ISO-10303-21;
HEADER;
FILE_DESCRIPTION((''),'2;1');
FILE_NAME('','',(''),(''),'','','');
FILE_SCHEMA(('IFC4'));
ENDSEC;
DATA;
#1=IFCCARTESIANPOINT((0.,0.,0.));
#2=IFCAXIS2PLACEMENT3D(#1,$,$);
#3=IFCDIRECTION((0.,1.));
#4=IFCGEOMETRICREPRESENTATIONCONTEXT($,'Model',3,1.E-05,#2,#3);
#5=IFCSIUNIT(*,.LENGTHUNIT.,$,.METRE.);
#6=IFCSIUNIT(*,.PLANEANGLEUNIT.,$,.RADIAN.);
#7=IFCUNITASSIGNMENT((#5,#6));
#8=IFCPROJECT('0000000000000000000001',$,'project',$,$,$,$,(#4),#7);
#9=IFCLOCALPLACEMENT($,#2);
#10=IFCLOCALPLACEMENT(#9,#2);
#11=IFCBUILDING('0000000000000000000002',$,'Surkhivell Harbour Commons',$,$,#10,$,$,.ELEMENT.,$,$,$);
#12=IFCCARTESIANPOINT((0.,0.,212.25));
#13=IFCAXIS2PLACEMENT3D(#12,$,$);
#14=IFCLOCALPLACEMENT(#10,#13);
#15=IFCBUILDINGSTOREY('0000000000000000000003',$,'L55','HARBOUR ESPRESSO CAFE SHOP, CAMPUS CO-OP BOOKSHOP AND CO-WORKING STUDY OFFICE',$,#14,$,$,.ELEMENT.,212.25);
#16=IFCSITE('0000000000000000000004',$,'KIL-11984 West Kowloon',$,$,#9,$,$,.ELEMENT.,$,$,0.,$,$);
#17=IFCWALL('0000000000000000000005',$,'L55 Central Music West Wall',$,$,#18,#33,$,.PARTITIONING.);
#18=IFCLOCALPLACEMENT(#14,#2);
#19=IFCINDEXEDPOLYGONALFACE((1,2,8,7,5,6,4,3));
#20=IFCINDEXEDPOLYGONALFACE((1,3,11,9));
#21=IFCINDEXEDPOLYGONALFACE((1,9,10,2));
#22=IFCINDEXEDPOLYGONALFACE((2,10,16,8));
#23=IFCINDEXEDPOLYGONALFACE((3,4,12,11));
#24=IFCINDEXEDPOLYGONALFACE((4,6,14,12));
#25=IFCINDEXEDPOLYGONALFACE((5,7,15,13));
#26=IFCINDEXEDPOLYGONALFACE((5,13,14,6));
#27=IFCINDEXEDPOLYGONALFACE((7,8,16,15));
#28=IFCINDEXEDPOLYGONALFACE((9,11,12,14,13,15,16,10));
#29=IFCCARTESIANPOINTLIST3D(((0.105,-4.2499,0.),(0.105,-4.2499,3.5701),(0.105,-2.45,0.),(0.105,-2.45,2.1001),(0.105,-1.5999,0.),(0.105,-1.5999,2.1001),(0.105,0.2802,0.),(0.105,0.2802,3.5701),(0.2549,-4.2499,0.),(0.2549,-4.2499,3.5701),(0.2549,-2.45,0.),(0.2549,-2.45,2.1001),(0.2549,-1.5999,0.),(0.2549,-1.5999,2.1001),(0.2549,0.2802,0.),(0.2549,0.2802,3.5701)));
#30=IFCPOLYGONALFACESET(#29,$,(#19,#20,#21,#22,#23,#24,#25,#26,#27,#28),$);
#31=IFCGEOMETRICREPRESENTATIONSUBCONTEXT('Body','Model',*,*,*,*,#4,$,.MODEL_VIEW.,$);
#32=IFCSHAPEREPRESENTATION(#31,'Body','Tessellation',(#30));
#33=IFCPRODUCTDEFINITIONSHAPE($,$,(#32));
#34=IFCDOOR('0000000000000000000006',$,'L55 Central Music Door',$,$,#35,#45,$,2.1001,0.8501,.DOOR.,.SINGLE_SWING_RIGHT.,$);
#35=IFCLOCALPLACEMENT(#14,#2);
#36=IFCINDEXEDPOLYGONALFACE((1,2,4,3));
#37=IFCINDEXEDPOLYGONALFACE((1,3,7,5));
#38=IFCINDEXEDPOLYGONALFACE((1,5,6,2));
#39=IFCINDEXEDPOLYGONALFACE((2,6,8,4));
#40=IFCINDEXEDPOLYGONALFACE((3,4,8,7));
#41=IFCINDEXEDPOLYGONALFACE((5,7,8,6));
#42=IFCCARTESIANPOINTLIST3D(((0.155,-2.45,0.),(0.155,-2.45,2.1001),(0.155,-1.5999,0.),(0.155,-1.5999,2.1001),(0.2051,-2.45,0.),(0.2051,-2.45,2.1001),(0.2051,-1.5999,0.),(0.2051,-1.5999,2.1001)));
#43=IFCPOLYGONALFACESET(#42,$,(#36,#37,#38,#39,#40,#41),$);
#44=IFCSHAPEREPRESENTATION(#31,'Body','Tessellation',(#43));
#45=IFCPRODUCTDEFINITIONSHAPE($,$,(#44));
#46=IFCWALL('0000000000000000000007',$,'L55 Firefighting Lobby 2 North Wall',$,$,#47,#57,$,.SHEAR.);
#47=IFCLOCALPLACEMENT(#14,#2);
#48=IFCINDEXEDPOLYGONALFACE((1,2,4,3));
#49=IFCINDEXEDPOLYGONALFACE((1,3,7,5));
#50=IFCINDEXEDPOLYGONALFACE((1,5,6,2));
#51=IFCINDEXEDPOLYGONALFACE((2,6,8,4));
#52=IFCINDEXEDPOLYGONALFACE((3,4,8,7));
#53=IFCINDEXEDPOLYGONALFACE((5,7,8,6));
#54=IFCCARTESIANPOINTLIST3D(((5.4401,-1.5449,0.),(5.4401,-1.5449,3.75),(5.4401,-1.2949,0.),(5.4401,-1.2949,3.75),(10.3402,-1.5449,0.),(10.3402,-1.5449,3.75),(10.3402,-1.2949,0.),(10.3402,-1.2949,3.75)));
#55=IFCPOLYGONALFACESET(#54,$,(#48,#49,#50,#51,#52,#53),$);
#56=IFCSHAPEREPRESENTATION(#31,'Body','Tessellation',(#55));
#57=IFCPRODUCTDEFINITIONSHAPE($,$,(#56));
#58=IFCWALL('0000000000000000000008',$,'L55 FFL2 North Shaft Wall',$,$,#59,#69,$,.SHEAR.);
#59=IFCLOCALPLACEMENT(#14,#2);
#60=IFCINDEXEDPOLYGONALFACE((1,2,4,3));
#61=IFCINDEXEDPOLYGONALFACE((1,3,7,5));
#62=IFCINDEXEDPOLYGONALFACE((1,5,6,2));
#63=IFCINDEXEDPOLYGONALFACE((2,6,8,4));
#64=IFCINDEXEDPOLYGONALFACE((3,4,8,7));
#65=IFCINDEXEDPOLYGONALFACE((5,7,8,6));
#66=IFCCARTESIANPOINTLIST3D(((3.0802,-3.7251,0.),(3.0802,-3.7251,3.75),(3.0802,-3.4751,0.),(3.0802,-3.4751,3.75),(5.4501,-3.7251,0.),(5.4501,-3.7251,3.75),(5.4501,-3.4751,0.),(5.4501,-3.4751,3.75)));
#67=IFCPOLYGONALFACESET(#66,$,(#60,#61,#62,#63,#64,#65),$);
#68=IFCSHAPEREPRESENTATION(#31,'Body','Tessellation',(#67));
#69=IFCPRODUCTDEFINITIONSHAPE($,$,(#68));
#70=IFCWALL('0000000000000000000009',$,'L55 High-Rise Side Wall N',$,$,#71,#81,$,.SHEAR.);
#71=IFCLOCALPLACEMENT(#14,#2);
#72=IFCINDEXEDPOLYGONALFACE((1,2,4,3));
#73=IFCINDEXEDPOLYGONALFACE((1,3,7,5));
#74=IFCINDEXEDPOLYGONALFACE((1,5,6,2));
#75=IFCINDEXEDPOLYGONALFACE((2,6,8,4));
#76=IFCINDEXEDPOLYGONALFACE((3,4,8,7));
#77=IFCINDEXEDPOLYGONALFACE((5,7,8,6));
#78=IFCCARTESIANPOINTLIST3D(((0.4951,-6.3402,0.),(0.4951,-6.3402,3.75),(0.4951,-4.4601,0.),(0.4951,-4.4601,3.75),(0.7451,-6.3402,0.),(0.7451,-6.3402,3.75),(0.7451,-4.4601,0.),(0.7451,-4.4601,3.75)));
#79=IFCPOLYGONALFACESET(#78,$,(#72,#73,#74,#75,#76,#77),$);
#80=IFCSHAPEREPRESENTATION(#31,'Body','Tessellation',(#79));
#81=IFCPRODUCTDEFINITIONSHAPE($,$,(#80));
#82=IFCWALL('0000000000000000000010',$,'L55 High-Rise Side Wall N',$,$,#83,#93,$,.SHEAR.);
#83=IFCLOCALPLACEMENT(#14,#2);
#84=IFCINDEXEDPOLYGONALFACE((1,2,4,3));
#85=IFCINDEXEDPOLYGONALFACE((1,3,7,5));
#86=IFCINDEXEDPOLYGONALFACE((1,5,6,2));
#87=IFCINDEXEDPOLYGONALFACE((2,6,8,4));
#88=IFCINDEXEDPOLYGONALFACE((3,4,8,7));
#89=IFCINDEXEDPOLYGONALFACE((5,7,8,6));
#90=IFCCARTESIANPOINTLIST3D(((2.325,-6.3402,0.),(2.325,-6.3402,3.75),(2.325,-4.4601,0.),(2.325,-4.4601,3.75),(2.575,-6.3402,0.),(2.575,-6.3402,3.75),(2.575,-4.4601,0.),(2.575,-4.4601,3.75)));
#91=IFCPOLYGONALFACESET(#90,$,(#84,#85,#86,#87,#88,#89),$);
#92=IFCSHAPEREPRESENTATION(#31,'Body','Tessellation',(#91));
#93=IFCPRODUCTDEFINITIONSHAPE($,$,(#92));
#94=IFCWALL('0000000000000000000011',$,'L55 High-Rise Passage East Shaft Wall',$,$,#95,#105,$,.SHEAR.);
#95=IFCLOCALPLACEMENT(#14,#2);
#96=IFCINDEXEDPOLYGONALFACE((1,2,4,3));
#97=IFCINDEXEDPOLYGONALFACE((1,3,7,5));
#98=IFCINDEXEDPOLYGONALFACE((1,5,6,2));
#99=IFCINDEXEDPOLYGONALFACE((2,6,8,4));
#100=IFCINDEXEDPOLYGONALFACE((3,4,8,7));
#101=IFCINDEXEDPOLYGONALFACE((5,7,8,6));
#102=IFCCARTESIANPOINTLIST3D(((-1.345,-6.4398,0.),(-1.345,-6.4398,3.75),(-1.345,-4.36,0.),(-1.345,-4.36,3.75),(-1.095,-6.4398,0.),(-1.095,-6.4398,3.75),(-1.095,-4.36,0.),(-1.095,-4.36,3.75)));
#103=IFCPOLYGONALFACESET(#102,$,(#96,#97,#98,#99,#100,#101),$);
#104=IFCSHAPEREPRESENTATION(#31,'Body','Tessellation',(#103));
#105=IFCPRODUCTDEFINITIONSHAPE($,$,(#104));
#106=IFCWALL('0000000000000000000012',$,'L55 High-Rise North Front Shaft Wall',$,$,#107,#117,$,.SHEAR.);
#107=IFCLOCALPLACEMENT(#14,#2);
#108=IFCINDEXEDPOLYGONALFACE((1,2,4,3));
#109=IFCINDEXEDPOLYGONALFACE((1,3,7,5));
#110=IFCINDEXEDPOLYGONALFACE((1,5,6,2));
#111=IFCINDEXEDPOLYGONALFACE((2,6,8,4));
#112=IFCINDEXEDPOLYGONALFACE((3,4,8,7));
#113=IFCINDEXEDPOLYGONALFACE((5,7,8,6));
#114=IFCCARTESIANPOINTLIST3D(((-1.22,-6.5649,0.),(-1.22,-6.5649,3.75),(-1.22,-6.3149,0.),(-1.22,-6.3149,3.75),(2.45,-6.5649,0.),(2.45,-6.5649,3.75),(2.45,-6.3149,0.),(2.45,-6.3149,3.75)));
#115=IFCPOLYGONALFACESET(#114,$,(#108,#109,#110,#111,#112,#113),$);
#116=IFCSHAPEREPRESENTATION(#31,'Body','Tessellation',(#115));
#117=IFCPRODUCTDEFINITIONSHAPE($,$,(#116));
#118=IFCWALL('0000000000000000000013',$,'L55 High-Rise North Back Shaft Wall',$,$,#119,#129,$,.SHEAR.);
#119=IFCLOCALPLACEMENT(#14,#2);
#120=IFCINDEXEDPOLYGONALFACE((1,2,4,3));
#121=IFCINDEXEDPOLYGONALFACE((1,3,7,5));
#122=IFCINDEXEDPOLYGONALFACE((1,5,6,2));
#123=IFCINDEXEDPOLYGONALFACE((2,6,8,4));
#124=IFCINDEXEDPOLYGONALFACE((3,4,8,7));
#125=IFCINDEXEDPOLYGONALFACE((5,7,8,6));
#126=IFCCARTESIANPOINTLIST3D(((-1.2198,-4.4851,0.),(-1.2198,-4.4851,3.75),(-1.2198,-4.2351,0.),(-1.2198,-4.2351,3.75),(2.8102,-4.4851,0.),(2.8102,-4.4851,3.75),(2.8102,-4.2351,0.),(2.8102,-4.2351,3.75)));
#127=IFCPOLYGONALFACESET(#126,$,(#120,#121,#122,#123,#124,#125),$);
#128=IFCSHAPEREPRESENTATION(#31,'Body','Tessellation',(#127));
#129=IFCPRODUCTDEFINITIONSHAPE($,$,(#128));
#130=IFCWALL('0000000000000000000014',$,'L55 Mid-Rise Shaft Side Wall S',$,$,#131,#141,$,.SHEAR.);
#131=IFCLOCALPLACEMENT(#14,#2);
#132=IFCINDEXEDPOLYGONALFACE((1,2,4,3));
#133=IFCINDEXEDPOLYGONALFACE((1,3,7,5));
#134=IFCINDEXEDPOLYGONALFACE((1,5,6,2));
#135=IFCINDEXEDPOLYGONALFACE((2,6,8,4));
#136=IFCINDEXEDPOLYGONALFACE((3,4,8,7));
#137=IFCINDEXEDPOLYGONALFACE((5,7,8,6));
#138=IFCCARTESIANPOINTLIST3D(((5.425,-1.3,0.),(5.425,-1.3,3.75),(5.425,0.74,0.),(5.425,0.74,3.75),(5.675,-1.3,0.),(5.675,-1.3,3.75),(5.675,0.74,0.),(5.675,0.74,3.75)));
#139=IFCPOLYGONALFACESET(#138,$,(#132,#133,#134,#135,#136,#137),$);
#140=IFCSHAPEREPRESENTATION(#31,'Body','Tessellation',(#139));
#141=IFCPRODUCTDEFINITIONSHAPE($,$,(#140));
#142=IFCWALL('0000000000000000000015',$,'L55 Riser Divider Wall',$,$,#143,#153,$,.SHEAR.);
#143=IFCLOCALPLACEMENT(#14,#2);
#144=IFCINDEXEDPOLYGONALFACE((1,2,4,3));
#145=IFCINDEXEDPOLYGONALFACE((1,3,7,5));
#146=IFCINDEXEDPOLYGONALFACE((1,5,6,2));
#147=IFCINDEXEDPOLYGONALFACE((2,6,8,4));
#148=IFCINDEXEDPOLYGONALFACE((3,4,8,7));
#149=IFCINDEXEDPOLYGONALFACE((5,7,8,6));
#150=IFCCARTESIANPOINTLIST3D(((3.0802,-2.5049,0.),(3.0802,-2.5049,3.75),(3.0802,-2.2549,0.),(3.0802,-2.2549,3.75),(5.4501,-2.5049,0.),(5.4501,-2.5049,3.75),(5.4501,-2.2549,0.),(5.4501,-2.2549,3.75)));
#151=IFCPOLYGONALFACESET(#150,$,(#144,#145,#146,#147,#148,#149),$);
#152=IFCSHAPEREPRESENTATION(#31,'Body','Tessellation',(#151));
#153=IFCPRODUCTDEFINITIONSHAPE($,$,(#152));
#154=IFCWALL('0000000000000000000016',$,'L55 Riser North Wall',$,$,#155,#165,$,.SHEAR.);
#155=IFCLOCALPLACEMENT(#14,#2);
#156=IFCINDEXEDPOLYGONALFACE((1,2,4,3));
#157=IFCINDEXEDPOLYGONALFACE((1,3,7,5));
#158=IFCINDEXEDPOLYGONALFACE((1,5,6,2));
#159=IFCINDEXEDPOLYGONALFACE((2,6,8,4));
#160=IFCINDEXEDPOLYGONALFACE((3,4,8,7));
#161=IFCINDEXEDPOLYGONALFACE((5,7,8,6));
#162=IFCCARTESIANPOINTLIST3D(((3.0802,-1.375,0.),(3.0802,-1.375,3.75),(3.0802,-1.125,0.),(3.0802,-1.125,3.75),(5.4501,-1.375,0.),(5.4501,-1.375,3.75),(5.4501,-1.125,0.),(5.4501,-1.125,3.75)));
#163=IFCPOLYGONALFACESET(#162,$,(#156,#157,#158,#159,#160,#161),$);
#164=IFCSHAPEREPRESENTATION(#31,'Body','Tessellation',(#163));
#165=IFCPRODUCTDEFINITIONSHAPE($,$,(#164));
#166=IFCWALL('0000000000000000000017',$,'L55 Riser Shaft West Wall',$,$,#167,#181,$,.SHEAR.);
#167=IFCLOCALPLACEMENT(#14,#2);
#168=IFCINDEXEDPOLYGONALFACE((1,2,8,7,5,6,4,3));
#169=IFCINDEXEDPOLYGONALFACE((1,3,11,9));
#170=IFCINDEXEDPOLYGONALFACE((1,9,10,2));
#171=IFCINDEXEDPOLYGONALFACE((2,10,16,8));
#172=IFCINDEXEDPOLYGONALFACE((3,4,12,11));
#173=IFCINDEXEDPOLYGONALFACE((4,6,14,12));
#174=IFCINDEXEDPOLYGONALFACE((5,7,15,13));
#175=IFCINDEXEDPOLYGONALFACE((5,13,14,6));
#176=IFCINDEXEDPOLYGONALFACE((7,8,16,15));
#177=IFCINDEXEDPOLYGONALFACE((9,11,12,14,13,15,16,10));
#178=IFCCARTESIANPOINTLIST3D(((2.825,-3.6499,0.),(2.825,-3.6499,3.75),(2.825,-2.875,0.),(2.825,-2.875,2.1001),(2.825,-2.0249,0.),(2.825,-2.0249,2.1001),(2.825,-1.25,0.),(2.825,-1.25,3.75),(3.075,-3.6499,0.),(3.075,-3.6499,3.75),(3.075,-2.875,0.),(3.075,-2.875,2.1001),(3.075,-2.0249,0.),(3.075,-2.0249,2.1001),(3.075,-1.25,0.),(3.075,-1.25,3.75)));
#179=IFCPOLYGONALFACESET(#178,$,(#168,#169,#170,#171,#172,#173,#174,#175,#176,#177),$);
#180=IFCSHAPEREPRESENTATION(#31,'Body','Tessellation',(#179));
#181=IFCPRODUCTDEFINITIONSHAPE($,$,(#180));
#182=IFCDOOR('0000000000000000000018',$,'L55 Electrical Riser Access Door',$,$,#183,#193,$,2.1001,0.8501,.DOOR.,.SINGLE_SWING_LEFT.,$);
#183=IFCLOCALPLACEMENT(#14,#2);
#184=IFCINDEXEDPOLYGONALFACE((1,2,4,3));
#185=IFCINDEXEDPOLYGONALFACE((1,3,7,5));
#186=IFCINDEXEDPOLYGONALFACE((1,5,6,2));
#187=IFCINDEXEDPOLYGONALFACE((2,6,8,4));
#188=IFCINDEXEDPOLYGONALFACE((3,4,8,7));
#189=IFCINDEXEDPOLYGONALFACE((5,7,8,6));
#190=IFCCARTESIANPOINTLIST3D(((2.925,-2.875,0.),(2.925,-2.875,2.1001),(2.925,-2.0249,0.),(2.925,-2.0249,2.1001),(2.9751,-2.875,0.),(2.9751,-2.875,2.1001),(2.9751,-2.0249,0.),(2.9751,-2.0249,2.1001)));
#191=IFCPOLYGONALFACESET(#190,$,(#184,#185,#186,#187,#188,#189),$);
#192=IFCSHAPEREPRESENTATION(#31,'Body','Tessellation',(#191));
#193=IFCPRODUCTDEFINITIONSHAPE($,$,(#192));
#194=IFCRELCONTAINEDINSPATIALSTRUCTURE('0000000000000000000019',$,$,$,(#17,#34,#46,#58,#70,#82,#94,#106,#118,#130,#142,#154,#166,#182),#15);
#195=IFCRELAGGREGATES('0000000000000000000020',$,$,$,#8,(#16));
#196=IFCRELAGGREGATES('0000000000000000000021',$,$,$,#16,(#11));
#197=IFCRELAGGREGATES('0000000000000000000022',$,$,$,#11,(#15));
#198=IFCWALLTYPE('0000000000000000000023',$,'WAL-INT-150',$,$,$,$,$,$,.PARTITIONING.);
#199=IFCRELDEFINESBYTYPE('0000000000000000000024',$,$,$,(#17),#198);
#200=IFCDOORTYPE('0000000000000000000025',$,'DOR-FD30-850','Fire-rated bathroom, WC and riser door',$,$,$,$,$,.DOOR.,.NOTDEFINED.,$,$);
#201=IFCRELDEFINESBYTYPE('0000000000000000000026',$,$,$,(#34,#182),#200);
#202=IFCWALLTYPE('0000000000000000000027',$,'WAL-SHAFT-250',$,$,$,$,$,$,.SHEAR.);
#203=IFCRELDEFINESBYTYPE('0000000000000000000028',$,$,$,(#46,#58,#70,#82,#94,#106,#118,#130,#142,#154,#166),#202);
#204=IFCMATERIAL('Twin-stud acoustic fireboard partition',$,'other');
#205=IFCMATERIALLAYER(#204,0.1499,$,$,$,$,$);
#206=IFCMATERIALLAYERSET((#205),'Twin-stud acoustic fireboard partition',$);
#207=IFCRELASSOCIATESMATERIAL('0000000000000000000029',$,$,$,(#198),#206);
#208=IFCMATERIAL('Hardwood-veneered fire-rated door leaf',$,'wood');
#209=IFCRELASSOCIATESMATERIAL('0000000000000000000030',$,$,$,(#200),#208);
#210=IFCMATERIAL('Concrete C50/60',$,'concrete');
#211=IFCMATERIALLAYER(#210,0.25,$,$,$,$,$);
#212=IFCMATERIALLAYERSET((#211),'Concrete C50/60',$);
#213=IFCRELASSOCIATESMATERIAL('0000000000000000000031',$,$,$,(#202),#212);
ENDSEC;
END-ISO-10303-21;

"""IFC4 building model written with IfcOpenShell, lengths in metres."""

from ifc_helpers import new_model, si_unit, direction, frame, frame_2d, origin, place, context, subcontext, project, spatial, rectangle, extrude, material, layer, layer_set, type_object, element, fill, save


model = new_model("IFC4")

# Units and contexts
model_context = context("Model", 3, precision=1e-05, world=origin(), true_north=direction((0.0, 1.0)))
body_context = subcontext(model_context, "Body", "Model", "MODEL_VIEW")
ifc_project = project(units=[si_unit("LENGTHUNIT", "METRE"), si_unit("PLANEANGLEUNIT", "RADIAN")], contexts=[model_context])

# Site, building, storey
site_placement = place(None, origin())
site = spatial("IfcSite", under=ifc_project, at=site_placement, Name="KIL-11984 West Kowloon", CompositionType="ELEMENT", RefElevation=0.0)
building_placement = place(site_placement, origin())
building = spatial("IfcBuilding", under=site, at=building_placement, Name="Surkhivell Harbour Commons", CompositionType="ELEMENT")
storey_placement = place(building_placement, frame((0.0, 0.0, 212.25)))
storey = spatial("IfcBuildingStorey", under=building, at=storey_placement, Name="L55", Description="HARBOUR ESPRESSO CAFE SHOP, CAMPUS CO-OP BOOKSHOP AND CO-WORKING STUDY OFFICE", CompositionType="ELEMENT", Elevation=212.25)

# Shared definitions
ifc_material_1 = material(Name="Twin-stud acoustic fireboard partition", Category="other")
ifc_layer_1 = layer(ifc_material_1, 0.1499)
ifc_layer_set_1 = layer_set([ifc_layer_1], Name="Twin-stud acoustic fireboard partition")
wall_type_1 = type_object("IfcWallType", Name="WAL-INT-150", PredefinedType="PARTITIONING", material=ifc_layer_set_1)

# Wall, opening, door
wall_1_placement = place(storey_placement, frame((0.1799, -4.25, 0.0), z_axis=(0.0, 0.0, 1.0), x_axis=(0.0, 1.0, 0.0)))
wall_1 = element("IfcWall", 1, at=wall_1_placement, inside=storey, type_object=wall_type_1, Name="L55 Central Music West Wall", PredefinedType="PARTITIONING", context=body_context, shape_type="SweptSolid", body=[
    extrude(rectangle(XDim=4.53, YDim=0.1499, at=frame_2d((2.2651, 0.0))), origin(), (0.0, 0.0, 1.0), 3.5701),
])
opening_1_placement = place(wall_1_placement, frame((1.8, 0.0, 0.0)))
opening_1 = element("IfcOpeningElement", 2, at=opening_1_placement, cuts=wall_1, PredefinedType="OPENING", context=body_context, shape_type="SweptSolid", body=[
    extrude(rectangle(XDim=0.8501, YDim=2.1001, at=frame_2d((0.425, 1.05))), frame((0.0, 0.085, 0.0), z_axis=(0.0, -1.0, 0.0), x_axis=(1.0, 0.0, 0.0)), (0.0, 0.0, 1.0), 0.1699),
])
ifc_material_2 = material(Name="Hardwood-veneered fire-rated door leaf", Category="wood")
door_type = type_object("IfcDoorType", Name="DOR-FD30-850", Description="Fire-rated bathroom, WC and riser door", OperationType="NOTDEFINED", PredefinedType="DOOR", material=ifc_material_2)
door_1_placement = place(opening_1_placement, origin())
door_1 = element("IfcDoor", 3, at=door_1_placement, inside=storey, type_object=door_type, Name="L55 Central Music Door", OperationType="SINGLE_SWING_RIGHT", OverallHeight=2.1001, OverallWidth=0.8501, PredefinedType="DOOR", context=body_context, shape_type="SweptSolid", body=[
    extrude(rectangle(XDim=0.8501, YDim=2.1001, at=frame_2d((0.425, 1.05))), frame((0.0, 0.0249, 0.0), z_axis=(0.0, -1.0, 0.0), x_axis=(1.0, 0.0, 0.0)), (0.0, 0.0, 1.0), 0.05),
])
fill(opening_1, door_1)

# Walls
ifc_material_3 = material(Name="Concrete C50/60", Category="concrete")
ifc_layer_2 = layer(ifc_material_3, 0.25)
ifc_layer_set_2 = layer_set([ifc_layer_2], Name="Concrete C50/60")
wall_type_2 = type_object("IfcWallType", Name="WAL-SHAFT-250", PredefinedType="SHEAR", material=ifc_layer_set_2)
wall_2_placement = place(storey_placement, frame((5.4399, -1.4199, 0.0), z_axis=(0.0, 0.0, 1.0), x_axis=(1.0, 0.0, 0.0)))
element("IfcWall", 4, at=wall_2_placement, inside=storey, type_object=wall_type_2, Name="L55 Firefighting Lobby 2 North Wall", PredefinedType="SHEAR", context=body_context, shape_type="SweptSolid", body=[
    extrude(rectangle(XDim=4.9001, YDim=0.25, at=frame_2d((2.4502, 0.0))), origin(), (0.0, 0.0, 1.0), 3.75),
])
wall_3_placement = place(storey_placement, frame((3.0801, -3.6001, 0.0), z_axis=(0.0, 0.0, 1.0), x_axis=(1.0, 0.0, 0.0)))
element("IfcWall", 5, at=wall_3_placement, inside=storey, type_object=wall_type_2, Name="L55 FFL2 North Shaft Wall", PredefinedType="SHEAR", context=body_context, shape_type="SweptSolid", body=[
    extrude(rectangle(XDim=2.3699, YDim=0.25, at=frame_2d((1.1851, 0.0))), origin(), (0.0, 0.0, 1.0), 3.75),
])
for number, where, z_axis, x_axis, name in (
    (6, (0.6201, -6.3401, 0.0), (0.0, 0.0, 1.0), (0.0, 1.0, 0.0), "L55 High-Rise Side Wall N"),
    (7, (2.45, -6.3401, 0.0), (0.0, 0.0, 1.0), (0.0, 1.0, 0.0), "L55 High-Rise Side Wall N"),
):
    element("IfcWall", number, at=place(storey_placement, frame(where, z_axis=z_axis, x_axis=x_axis)), inside=storey, type_object=wall_type_2, Name=name, PredefinedType="SHEAR", context=body_context, shape_type="SweptSolid", body=[
        extrude(rectangle(XDim=1.8801, YDim=0.25, at=frame_2d((0.9399, 0.0))), origin(), (0.0, 0.0, 1.0), 3.75),
    ])
wall_4_placement = place(storey_placement, frame((-1.22, -6.4399, 0.0), z_axis=(0.0, 0.0, 1.0), x_axis=(0.0, 1.0, 0.0)))
element("IfcWall", 8, at=wall_4_placement, inside=storey, type_object=wall_type_2, Name="L55 High-Rise Passage East Shaft Wall", PredefinedType="SHEAR", context=body_context, shape_type="SweptSolid", body=[
    extrude(rectangle(XDim=2.0798, YDim=0.25, at=frame_2d((1.04, 0.0))), origin(), (0.0, 0.0, 1.0), 3.75),
])
wall_5_placement = place(storey_placement, frame((-1.22, -6.4399, 0.0), z_axis=(0.0, 0.0, 1.0), x_axis=(1.0, 0.0, 0.0)))
element("IfcWall", 9, at=wall_5_placement, inside=storey, type_object=wall_type_2, Name="L55 High-Rise North Front Shaft Wall", PredefinedType="SHEAR", context=body_context, shape_type="SweptSolid", body=[
    extrude(rectangle(XDim=3.6699, YDim=0.25, at=frame_2d((1.835, 0.0))), origin(), (0.0, 0.0, 1.0), 3.75),
])
wall_6_placement = place(storey_placement, frame((-1.22, -4.3601, 0.0), z_axis=(0.0, 0.0, 1.0), x_axis=(1.0, 0.0, 0.0)))
element("IfcWall", 10, at=wall_6_placement, inside=storey, type_object=wall_type_2, Name="L55 High-Rise North Back Shaft Wall", PredefinedType="SHEAR", context=body_context, shape_type="SweptSolid", body=[
    extrude(rectangle(XDim=4.03, YDim=0.25, at=frame_2d((2.0151, 0.0))), origin(), (0.0, 0.0, 1.0), 3.75),
])
wall_7_placement = place(storey_placement, frame((5.55, -1.3, 0.0), z_axis=(0.0, 0.0, 1.0), x_axis=(0.0, 1.0, 0.0)))
element("IfcWall", 11, at=wall_7_placement, inside=storey, type_object=wall_type_2, Name="L55 Mid-Rise Shaft Side Wall S", PredefinedType="SHEAR", context=body_context, shape_type="SweptSolid", body=[
    extrude(rectangle(XDim=2.04, YDim=0.25, at=frame_2d((1.02, 0.0))), origin(), (0.0, 0.0, 1.0), 3.75),
])
for number, where, z_axis, x_axis, name in (
    (12, (3.0801, -2.3799, 0.0), (0.0, 0.0, 1.0), (1.0, 0.0, 0.0), "L55 Riser Divider Wall"),
    (13, (3.0801, -1.25, 0.0), (0.0, 0.0, 1.0), (1.0, 0.0, 0.0), "L55 Riser North Wall"),
):
    element("IfcWall", number, at=place(storey_placement, frame(where, z_axis=z_axis, x_axis=x_axis)), inside=storey, type_object=wall_type_2, Name=name, PredefinedType="SHEAR", context=body_context, shape_type="SweptSolid", body=[
        extrude(rectangle(XDim=2.3699, YDim=0.25, at=frame_2d((1.1851, 0.0))), origin(), (0.0, 0.0, 1.0), 3.75),
    ])

# Wall, opening, door
wall_8_placement = place(storey_placement, frame((2.95, -3.6499, 0.0), z_axis=(0.0, 0.0, 1.0), x_axis=(0.0, 1.0, 0.0)))
wall_8 = element("IfcWall", 14, at=wall_8_placement, inside=storey, type_object=wall_type_2, Name="L55 Riser Shaft West Wall", PredefinedType="SHEAR", context=body_context, shape_type="SweptSolid", body=[
    extrude(rectangle(XDim=2.3999, YDim=0.25, at=frame_2d((1.2, 0.0))), origin(), (0.0, 0.0, 1.0), 3.75),
])
opening_2_placement = place(wall_8_placement, frame((0.7749, 0.0, 0.0)))
opening_2 = element("IfcOpeningElement", 15, at=opening_2_placement, cuts=wall_8, PredefinedType="OPENING", context=body_context, shape_type="SweptSolid", body=[
    extrude(rectangle(XDim=0.8501, YDim=2.1001, at=frame_2d((0.425, 1.05))), frame((0.0, 0.135, 0.0), z_axis=(0.0, -1.0, 0.0), x_axis=(1.0, 0.0, 0.0)), (0.0, 0.0, 1.0), 0.27),
])
door_2_placement = place(opening_2_placement, origin())
door_2 = element("IfcDoor", 16, at=door_2_placement, inside=storey, type_object=door_type, Name="L55 Electrical Riser Access Door", OperationType="SINGLE_SWING_LEFT", OverallHeight=2.1001, OverallWidth=0.8501, PredefinedType="DOOR", context=body_context, shape_type="SweptSolid", body=[
    extrude(rectangle(XDim=0.8501, YDim=2.1001, at=frame_2d((0.425, 1.05))), frame((0.0, 0.0249, 0.0), z_axis=(0.0, -1.0, 0.0), x_axis=(1.0, 0.0, 0.0)), (0.0, 0.0, 1.0), 0.05),
])
fill(opening_2, door_2)

save(model, "model.ifc")
